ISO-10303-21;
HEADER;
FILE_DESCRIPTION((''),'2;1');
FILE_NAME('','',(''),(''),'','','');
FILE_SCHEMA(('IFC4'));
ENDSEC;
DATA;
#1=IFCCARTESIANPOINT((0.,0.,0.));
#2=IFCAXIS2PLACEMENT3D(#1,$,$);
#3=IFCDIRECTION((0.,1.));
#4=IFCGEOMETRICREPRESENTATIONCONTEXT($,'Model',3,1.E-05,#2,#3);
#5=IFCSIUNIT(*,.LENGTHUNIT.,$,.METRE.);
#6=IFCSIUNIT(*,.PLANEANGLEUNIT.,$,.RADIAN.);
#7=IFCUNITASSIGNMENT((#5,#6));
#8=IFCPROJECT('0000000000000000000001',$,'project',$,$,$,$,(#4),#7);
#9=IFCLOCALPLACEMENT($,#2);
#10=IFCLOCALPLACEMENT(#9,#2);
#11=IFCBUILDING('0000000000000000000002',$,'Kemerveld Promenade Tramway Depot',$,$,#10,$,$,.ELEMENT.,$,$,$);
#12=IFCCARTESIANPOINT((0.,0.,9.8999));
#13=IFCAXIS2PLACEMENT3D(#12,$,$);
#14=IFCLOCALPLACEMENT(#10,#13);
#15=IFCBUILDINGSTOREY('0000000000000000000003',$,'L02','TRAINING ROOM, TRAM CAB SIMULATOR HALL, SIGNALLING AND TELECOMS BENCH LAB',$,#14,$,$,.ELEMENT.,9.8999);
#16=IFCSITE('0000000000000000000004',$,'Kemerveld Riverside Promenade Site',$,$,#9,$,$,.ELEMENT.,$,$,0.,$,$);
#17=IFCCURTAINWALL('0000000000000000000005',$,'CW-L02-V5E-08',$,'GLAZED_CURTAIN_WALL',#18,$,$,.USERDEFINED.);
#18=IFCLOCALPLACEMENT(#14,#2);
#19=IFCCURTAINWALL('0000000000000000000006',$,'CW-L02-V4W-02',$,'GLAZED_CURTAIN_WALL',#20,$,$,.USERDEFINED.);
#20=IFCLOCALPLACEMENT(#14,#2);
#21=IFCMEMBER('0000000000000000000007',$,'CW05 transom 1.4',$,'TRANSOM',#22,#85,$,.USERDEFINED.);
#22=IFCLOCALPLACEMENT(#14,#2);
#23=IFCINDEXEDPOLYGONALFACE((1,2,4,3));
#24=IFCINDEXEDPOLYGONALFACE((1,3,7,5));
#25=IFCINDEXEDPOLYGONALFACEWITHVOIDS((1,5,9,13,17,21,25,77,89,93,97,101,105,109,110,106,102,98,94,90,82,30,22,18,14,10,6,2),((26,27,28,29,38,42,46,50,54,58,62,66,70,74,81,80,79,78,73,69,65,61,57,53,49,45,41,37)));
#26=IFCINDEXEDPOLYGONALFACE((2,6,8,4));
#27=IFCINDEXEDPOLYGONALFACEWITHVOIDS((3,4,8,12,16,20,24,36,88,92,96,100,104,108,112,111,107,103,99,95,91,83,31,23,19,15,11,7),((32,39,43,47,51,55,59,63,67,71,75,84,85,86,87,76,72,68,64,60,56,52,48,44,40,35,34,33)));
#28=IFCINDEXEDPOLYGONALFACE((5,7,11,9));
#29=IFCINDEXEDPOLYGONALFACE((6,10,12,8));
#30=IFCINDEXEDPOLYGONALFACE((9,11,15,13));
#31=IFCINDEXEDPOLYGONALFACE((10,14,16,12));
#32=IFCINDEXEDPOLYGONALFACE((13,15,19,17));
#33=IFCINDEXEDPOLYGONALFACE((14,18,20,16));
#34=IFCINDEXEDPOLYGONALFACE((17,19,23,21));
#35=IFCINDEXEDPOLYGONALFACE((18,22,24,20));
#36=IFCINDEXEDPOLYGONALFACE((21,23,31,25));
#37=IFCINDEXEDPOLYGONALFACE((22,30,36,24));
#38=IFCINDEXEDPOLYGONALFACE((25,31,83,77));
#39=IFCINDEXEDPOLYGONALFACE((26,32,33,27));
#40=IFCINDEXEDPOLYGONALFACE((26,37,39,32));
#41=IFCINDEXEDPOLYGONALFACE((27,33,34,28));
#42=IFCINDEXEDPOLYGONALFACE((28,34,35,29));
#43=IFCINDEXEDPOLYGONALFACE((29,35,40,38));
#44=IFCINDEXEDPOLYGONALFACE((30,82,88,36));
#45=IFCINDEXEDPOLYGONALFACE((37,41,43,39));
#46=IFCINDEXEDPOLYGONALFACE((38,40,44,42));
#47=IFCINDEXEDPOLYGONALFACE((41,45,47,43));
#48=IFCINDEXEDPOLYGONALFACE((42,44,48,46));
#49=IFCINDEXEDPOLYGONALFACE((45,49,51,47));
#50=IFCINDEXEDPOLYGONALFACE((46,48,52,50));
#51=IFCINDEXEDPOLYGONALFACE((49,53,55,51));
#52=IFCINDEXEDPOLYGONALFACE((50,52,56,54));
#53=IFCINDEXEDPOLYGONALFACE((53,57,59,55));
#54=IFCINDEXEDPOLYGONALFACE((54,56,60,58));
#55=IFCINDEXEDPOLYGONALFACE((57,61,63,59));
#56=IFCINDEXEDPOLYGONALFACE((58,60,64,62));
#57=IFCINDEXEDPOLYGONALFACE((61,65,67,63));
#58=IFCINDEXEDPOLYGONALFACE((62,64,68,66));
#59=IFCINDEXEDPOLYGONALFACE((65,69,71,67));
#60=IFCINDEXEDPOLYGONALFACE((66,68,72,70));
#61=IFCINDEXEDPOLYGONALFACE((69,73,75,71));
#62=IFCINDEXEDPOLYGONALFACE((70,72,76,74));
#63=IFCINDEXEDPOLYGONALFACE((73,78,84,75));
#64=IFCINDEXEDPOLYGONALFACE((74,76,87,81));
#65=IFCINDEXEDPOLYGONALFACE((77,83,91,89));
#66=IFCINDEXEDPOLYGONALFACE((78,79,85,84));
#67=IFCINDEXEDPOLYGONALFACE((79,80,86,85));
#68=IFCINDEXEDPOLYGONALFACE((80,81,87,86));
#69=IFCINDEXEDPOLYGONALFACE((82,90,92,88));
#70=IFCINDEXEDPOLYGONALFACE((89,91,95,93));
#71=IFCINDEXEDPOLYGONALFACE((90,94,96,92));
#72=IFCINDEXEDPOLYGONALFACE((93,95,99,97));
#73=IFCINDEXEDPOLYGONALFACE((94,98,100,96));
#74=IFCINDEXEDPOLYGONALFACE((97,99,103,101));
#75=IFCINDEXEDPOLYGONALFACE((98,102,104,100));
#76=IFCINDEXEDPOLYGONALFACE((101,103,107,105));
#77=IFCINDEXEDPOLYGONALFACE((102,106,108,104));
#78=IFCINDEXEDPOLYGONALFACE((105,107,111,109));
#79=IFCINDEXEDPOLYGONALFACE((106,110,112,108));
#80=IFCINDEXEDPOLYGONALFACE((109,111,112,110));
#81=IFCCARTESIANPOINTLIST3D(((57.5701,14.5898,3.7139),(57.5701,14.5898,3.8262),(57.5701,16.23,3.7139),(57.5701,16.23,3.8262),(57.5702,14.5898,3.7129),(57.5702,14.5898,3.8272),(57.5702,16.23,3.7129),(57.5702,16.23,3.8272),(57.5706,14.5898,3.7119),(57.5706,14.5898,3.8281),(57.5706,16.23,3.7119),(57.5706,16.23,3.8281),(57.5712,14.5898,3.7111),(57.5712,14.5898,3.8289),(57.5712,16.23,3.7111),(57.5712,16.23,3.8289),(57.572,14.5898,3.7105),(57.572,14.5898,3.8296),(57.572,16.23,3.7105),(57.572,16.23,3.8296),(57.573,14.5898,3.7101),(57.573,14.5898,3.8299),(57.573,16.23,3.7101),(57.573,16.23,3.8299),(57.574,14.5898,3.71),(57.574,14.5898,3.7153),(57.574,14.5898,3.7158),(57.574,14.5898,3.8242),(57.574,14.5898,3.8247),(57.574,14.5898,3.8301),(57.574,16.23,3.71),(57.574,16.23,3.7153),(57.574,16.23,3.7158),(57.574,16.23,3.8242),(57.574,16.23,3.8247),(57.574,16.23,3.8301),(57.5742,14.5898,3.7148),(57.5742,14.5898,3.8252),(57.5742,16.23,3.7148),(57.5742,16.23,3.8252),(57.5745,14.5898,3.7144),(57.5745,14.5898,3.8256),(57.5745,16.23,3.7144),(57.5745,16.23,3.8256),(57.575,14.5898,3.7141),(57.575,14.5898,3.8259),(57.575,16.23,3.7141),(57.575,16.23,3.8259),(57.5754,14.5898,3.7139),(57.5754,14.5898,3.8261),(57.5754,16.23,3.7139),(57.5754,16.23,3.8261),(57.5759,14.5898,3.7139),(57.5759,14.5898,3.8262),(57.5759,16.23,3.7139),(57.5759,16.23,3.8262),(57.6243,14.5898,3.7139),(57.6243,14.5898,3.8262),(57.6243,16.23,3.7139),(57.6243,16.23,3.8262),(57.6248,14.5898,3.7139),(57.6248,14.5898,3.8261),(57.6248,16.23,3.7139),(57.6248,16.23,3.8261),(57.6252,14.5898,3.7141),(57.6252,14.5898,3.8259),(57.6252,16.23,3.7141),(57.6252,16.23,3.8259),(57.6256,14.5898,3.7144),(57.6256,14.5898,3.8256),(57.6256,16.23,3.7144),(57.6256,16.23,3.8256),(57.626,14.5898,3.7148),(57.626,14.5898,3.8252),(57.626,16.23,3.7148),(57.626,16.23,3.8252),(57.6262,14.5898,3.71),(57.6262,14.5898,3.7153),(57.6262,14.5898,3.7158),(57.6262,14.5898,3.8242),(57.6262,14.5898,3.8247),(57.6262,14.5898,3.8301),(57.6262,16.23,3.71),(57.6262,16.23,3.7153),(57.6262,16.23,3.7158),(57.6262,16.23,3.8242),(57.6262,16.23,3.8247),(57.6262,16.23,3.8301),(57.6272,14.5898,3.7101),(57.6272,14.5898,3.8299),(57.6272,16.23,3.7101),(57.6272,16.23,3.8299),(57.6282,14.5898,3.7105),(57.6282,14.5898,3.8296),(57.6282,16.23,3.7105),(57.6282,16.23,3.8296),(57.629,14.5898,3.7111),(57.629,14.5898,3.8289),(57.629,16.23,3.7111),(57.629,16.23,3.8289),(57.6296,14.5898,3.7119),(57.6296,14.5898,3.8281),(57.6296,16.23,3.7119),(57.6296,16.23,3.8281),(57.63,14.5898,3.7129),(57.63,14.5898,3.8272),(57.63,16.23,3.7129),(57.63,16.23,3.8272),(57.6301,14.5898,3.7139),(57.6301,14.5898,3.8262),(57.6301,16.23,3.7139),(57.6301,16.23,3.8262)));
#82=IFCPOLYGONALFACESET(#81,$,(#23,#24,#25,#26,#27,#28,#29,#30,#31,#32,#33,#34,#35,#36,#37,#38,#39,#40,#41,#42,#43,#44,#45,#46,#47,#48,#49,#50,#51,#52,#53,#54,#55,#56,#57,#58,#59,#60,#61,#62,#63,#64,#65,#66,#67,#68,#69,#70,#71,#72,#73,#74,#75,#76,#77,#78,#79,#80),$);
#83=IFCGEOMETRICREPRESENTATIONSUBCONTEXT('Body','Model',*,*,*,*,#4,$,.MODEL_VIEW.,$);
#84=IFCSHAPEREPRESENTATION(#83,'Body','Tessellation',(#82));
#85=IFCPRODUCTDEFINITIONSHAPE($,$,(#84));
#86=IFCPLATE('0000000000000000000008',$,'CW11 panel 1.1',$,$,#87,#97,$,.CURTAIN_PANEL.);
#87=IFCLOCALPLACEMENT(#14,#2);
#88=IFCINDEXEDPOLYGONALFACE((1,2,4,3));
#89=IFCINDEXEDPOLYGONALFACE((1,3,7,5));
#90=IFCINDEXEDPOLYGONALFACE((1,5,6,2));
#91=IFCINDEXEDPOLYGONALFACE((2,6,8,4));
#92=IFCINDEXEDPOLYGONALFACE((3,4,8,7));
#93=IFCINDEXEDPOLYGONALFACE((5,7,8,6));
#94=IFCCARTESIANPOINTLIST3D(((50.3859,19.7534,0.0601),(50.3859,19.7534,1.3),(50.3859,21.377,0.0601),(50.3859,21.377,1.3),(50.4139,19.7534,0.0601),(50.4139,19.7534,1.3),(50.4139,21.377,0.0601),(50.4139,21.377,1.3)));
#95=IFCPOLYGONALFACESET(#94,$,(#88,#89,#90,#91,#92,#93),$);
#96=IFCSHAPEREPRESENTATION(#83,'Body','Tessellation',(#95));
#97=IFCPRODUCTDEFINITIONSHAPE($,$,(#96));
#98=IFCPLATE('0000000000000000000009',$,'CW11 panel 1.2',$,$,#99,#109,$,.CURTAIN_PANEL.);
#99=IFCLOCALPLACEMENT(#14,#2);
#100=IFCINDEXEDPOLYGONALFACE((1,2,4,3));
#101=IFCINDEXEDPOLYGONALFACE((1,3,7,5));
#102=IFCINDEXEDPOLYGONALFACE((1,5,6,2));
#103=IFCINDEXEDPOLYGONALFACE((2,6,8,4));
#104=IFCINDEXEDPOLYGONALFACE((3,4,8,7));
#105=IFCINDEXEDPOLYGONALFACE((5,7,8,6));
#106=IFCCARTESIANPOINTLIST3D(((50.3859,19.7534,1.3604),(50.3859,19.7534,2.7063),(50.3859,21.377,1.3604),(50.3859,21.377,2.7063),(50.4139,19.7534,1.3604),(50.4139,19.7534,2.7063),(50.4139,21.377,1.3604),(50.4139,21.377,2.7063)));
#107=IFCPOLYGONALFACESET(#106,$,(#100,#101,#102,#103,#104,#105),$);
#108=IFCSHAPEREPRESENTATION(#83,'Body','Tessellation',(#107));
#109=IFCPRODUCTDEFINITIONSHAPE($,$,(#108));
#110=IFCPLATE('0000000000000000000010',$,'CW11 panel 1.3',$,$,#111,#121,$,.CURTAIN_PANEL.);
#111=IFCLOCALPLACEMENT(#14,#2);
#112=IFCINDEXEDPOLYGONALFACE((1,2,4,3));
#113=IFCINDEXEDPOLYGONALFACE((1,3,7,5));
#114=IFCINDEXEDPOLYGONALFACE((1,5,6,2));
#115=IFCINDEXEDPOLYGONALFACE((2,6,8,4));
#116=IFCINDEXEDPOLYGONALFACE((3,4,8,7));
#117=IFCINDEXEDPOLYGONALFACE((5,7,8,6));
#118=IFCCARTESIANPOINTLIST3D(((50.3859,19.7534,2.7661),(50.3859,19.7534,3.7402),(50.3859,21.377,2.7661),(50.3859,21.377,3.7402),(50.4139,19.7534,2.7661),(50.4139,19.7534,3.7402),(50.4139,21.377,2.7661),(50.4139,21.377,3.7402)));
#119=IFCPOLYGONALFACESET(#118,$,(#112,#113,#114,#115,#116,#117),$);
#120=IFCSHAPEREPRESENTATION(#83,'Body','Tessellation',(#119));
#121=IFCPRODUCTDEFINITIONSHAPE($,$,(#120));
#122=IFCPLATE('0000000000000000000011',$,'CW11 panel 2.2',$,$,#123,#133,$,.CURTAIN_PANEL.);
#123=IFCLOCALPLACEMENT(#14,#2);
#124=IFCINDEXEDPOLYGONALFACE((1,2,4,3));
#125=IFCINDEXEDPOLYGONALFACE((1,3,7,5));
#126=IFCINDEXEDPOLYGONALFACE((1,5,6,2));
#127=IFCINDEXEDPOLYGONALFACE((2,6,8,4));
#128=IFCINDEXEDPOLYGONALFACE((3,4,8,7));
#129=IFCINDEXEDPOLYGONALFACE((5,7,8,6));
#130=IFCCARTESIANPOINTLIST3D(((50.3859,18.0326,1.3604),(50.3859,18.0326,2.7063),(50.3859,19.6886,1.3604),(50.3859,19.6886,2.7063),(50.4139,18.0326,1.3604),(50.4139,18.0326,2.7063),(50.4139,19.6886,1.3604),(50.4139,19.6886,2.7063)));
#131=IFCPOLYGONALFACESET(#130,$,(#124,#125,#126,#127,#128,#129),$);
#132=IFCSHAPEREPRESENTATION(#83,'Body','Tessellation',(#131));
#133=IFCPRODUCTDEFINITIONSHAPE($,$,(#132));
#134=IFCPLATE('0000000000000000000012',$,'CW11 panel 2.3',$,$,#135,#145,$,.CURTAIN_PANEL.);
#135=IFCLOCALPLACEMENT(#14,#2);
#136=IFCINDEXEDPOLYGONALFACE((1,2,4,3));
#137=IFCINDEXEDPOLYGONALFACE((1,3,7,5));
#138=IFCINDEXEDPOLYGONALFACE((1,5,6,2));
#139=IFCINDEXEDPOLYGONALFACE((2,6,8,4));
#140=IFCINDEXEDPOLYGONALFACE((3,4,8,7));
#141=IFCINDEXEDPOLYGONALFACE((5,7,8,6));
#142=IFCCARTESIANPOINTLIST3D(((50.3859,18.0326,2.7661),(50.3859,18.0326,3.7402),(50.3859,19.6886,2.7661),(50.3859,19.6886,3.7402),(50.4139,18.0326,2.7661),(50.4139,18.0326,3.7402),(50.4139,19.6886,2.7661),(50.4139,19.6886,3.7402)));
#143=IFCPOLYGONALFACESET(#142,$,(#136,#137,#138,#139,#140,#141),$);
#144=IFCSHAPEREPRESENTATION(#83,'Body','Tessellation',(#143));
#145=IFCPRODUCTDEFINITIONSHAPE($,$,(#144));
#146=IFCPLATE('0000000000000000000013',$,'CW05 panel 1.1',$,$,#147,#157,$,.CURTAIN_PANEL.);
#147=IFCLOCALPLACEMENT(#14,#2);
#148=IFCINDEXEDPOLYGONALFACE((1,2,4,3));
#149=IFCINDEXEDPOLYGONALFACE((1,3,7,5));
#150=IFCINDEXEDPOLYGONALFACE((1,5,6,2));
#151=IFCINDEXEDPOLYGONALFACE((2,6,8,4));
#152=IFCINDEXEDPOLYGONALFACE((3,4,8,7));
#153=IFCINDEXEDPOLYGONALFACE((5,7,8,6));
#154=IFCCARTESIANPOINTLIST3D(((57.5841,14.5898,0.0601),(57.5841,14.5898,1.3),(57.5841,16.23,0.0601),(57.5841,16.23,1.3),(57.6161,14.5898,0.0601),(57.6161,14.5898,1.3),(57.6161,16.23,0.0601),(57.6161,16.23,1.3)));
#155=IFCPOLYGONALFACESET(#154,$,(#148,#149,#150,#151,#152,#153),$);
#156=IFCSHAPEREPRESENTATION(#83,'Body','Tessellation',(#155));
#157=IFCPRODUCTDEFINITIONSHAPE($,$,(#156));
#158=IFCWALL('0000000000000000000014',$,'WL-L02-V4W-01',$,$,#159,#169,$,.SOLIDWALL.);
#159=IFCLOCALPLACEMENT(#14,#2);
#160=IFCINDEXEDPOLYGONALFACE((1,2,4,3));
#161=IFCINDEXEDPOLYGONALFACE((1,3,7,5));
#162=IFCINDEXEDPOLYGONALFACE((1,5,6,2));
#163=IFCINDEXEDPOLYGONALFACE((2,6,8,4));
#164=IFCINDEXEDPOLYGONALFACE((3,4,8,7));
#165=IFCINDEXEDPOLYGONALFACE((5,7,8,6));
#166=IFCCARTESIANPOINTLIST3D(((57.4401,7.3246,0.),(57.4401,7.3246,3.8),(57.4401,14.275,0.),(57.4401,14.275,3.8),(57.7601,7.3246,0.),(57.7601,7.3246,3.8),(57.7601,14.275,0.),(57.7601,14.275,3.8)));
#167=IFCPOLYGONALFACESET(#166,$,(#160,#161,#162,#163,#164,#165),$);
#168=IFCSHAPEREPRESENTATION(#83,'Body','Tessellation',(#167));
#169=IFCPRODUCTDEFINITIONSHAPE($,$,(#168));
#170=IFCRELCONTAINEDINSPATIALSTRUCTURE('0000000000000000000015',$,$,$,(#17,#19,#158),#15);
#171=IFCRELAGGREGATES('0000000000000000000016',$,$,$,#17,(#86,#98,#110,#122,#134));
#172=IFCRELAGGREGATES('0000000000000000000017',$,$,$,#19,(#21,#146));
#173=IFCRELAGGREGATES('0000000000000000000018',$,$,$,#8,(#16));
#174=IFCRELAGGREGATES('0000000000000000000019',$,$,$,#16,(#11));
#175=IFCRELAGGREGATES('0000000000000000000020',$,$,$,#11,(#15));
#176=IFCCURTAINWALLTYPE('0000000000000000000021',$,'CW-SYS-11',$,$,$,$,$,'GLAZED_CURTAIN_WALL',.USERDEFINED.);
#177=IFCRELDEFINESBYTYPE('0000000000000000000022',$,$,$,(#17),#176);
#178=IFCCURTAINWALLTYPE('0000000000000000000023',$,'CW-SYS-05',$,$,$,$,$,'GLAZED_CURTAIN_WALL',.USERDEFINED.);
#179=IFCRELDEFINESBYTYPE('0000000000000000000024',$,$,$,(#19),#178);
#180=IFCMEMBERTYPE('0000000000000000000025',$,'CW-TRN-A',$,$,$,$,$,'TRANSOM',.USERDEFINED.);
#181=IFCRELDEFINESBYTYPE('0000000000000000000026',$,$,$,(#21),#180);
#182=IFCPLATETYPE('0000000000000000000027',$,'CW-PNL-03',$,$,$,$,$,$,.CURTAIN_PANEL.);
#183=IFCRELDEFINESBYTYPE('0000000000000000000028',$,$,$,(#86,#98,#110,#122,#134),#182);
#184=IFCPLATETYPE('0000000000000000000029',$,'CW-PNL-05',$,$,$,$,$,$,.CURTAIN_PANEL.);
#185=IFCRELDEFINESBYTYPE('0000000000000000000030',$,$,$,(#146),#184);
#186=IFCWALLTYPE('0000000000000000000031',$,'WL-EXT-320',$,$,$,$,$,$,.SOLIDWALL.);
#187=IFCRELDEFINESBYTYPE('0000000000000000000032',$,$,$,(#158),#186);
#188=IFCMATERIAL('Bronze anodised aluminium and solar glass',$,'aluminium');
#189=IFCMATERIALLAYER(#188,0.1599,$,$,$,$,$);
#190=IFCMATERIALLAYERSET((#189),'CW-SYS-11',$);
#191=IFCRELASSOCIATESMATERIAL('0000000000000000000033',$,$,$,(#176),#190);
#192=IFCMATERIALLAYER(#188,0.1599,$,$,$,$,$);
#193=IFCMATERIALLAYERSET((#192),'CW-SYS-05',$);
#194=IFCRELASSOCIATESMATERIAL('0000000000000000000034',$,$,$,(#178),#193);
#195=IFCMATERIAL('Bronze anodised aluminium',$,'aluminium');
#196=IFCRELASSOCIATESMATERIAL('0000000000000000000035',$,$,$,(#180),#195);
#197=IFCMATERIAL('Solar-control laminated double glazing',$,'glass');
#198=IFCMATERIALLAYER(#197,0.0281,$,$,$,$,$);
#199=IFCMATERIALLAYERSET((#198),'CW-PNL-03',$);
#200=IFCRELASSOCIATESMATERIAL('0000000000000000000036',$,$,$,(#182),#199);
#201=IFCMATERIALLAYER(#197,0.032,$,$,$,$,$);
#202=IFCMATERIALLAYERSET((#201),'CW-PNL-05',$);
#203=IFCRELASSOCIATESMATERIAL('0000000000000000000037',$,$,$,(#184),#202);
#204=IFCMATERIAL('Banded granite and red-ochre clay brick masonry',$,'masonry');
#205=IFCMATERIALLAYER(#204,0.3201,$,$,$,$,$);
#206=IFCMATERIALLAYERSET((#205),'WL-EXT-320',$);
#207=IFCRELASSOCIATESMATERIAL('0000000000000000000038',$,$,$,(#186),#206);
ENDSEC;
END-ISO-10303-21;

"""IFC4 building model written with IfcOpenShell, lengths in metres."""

from ifc_helpers import new_model, si_unit, direction, frame, frame_2d, origin, origin_2d, place, context, subcontext, project, spatial, rectangle, hollow_rectangle, extrude, material, layer, layer_set, material_profile, profile_set, type_object, element, aggregate, save


model = new_model("IFC4")

# Units and contexts
model_context = context("Model", 3, precision=1e-05, world=origin(), true_north=direction((0.0, 1.0)))
body_context = subcontext(model_context, "Body", "Model", "MODEL_VIEW")
ifc_project = project(units=[si_unit("LENGTHUNIT", "METRE"), si_unit("PLANEANGLEUNIT", "RADIAN")], contexts=[model_context])

# Site, building, storey
site_placement = place(None, origin())
site = spatial("IfcSite", under=ifc_project, at=site_placement, Name="Kemerveld Riverside Promenade Site", CompositionType="ELEMENT", RefElevation=0.0)
building_placement = place(site_placement, origin())
building = spatial("IfcBuilding", under=site, at=building_placement, Name="Kemerveld Promenade Tramway Depot", CompositionType="ELEMENT")
storey_placement = place(building_placement, frame((0.0, 0.0, 9.8999)))
storey = spatial("IfcBuildingStorey", under=building, at=storey_placement, Name="L02", Description="TRAINING ROOM, TRAM CAB SIMULATOR HALL, SIGNALLING AND TELECOMS BENCH LAB", CompositionType="ELEMENT", Elevation=9.8999)

# Curtain walls
ifc_material_1 = material(Name="Bronze anodised aluminium and solar glass", Category="aluminium")
ifc_layer_1 = layer(ifc_material_1, 0.1599)
ifc_layer_set_1 = layer_set([ifc_layer_1], Name="CW-SYS-11")
curtain_wall_type_1 = type_object("IfcCurtainWallType", Name="CW-SYS-11", ElementType="GLAZED_CURTAIN_WALL", PredefinedType="USERDEFINED", material=ifc_layer_set_1)
curtain_wall_1_placement = place(storey_placement, origin())
curtain_wall_1 = element("IfcCurtainWall", 1, at=curtain_wall_1_placement, inside=storey, type_object=curtain_wall_type_1, Name="CW-L02-V5E-08", ObjectType="GLAZED_CURTAIN_WALL", PredefinedType="USERDEFINED")
ifc_material_2 = material(Name="Bronze anodised aluminium", Category="aluminium")
ifc_layer_2 = layer(ifc_material_1, 0.1599)
ifc_layer_set_2 = layer_set([ifc_layer_2], Name="CW-SYS-05")
curtain_wall_type_2 = type_object("IfcCurtainWallType", Name="CW-SYS-05", ElementType="GLAZED_CURTAIN_WALL", PredefinedType="USERDEFINED", material=ifc_layer_set_2)
curtain_wall_2_placement = place(storey_placement, origin())
curtain_wall_2 = element("IfcCurtainWall", 2, at=curtain_wall_2_placement, inside=storey, type_object=curtain_wall_type_2, Name="CW-L02-V4W-02", ObjectType="GLAZED_CURTAIN_WALL", PredefinedType="USERDEFINED")

# Member
ifc_material_profile_1 = material_profile(ifc_material_2, hollow_rectangle(XDim=0.0601, YDim=0.1201, WallThickness=0.0039, InnerFilletRadius=0.002, OuterFilletRadius=0.0039, at=origin_2d()), Name="CW-TRN-120x60")
ifc_profile_set_1 = profile_set([ifc_material_profile_1], Name="Bronze anodised aluminium")
member_type_1 = type_object("IfcMemberType", Name="CW-TRN-A", ElementType="TRANSOM", PredefinedType="USERDEFINED", material=ifc_profile_set_1)
member_1_placement = place(storey_placement, frame((57.6001, 14.5898, 3.77), z_axis=(0.0, 1.0, 0.0), x_axis=(-1.0, 0.0, 0.0)))
member_1 = element("IfcMember", 3, at=member_1_placement, type_object=member_type_1, Name="CW05 transom 1.4", ObjectType="TRANSOM", PredefinedType="USERDEFINED", context=body_context, shape_type="SweptSolid", body=[
    extrude(hollow_rectangle(XDim=0.0601, YDim=0.1201, WallThickness=0.0039, InnerFilletRadius=0.002, OuterFilletRadius=0.0039, at=origin_2d()), origin(), (0.0, 0.0, 1.0), 1.6401),
])

# Plates
ifc_material_3 = material(Name="Solar-control laminated double glazing", Category="glass")
ifc_layer_3 = layer(ifc_material_3, 0.0281)
ifc_layer_set_3 = layer_set([ifc_layer_3], Name="CW-PNL-03")
plate_type_1 = type_object("IfcPlateType", Name="CW-PNL-03", PredefinedType="CURTAIN_PANEL", material=ifc_layer_set_3)
plate_1_placement = place(storey_placement, frame((50.3999, 20.5652, 0.0601), z_axis=(0.0, 0.0, 1.0), x_axis=(0.0, -1.0, 0.0)))
plate_1 = element("IfcPlate", 4, at=plate_1_placement, type_object=plate_type_1, Name="CW11 panel 1.1", PredefinedType="CURTAIN_PANEL", context=body_context, shape_type="SweptSolid", body=[
    extrude(rectangle(XDim=1.6235, YDim=0.0281, at=origin_2d()), origin(), (0.0, 0.0, 1.0), 1.24),
])
plate_2_placement = place(storey_placement, frame((50.3999, 20.5652, 1.3604), z_axis=(0.0, 0.0, 1.0), x_axis=(0.0, -1.0, 0.0)))
plate_2 = element("IfcPlate", 5, at=plate_2_placement, type_object=plate_type_1, Name="CW11 panel 1.2", PredefinedType="CURTAIN_PANEL", context=body_context, shape_type="SweptSolid", body=[
    extrude(rectangle(XDim=1.6235, YDim=0.0281, at=origin_2d()), origin(), (0.0, 0.0, 1.0), 1.3459),
])
plate_3_placement = place(storey_placement, frame((50.3999, 20.5652, 2.7661), z_axis=(0.0, 0.0, 1.0), x_axis=(0.0, -1.0, 0.0)))
plate_3 = element("IfcPlate", 6, at=plate_3_placement, type_object=plate_type_1, Name="CW11 panel 1.3", PredefinedType="CURTAIN_PANEL", context=body_context, shape_type="SweptSolid", body=[
    extrude(rectangle(XDim=1.6235, YDim=0.0281, at=origin_2d()), origin(), (0.0, 0.0, 1.0), 0.9741),
])
plate_4_placement = place(storey_placement, frame((50.3999, 18.8606, 1.3604), z_axis=(0.0, 0.0, 1.0), x_axis=(0.0, -1.0, 0.0)))
plate_4 = element("IfcPlate", 7, at=plate_4_placement, type_object=plate_type_1, Name="CW11 panel 2.2", PredefinedType="CURTAIN_PANEL", context=body_context, shape_type="SweptSolid", body=[
    extrude(rectangle(XDim=1.656, YDim=0.0281, at=origin_2d()), origin(), (0.0, 0.0, 1.0), 1.3459),
])
plate_5_placement = place(storey_placement, frame((50.3999, 18.8606, 2.7661), z_axis=(0.0, 0.0, 1.0), x_axis=(0.0, -1.0, 0.0)))
plate_5 = element("IfcPlate", 8, at=plate_5_placement, type_object=plate_type_1, Name="CW11 panel 2.3", PredefinedType="CURTAIN_PANEL", context=body_context, shape_type="SweptSolid", body=[
    extrude(rectangle(XDim=1.656, YDim=0.0281, at=origin_2d()), origin(), (0.0, 0.0, 1.0), 0.9741),
])
aggregate(curtain_wall_1, [plate_1, plate_2, plate_3, plate_4, plate_5])
ifc_layer_4 = layer(ifc_material_3, 0.032)
ifc_layer_set_4 = layer_set([ifc_layer_4], Name="CW-PNL-05")
plate_type_2 = type_object("IfcPlateType", Name="CW-PNL-05", PredefinedType="CURTAIN_PANEL", material=ifc_layer_set_4)
plate_6_placement = place(storey_placement, frame((57.6001, 15.4099, 0.0601), z_axis=(0.0, 0.0, 1.0), x_axis=(0.0, 1.0, 0.0)))
plate_6 = element("IfcPlate", 9, at=plate_6_placement, type_object=plate_type_2, Name="CW05 panel 1.1", PredefinedType="CURTAIN_PANEL", context=body_context, shape_type="SweptSolid", body=[
    extrude(rectangle(XDim=1.6401, YDim=0.032, at=origin_2d()), origin(), (0.0, 0.0, 1.0), 1.24),
])
aggregate(curtain_wall_2, [member_1, plate_6])

# Wall
ifc_material_4 = material(Name="Banded granite and red-ochre clay brick masonry", Category="masonry")
ifc_layer_5 = layer(ifc_material_4, 0.3201)
ifc_layer_set_5 = layer_set([ifc_layer_5], Name="WL-EXT-320")
wall_type = type_object("IfcWallType", Name="WL-EXT-320", PredefinedType="SOLIDWALL", material=ifc_layer_set_5)
wall_placement = place(storey_placement, frame((57.6001, 7.3247, 0.0), z_axis=(0.0, 0.0, 1.0), x_axis=(0.0, 1.0, 0.0)))
element("IfcWall", 10, at=wall_placement, inside=storey, type_object=wall_type, Name="WL-L02-V4W-01", PredefinedType="SOLIDWALL", context=body_context, shape_type="SweptSolid", body=[
    extrude(rectangle(XDim=6.9504, YDim=0.3201, at=frame_2d((3.4751, 0.0))), origin(), (0.0, 0.0, 1.0), 3.8),
])

save(model, "model.ifc")
